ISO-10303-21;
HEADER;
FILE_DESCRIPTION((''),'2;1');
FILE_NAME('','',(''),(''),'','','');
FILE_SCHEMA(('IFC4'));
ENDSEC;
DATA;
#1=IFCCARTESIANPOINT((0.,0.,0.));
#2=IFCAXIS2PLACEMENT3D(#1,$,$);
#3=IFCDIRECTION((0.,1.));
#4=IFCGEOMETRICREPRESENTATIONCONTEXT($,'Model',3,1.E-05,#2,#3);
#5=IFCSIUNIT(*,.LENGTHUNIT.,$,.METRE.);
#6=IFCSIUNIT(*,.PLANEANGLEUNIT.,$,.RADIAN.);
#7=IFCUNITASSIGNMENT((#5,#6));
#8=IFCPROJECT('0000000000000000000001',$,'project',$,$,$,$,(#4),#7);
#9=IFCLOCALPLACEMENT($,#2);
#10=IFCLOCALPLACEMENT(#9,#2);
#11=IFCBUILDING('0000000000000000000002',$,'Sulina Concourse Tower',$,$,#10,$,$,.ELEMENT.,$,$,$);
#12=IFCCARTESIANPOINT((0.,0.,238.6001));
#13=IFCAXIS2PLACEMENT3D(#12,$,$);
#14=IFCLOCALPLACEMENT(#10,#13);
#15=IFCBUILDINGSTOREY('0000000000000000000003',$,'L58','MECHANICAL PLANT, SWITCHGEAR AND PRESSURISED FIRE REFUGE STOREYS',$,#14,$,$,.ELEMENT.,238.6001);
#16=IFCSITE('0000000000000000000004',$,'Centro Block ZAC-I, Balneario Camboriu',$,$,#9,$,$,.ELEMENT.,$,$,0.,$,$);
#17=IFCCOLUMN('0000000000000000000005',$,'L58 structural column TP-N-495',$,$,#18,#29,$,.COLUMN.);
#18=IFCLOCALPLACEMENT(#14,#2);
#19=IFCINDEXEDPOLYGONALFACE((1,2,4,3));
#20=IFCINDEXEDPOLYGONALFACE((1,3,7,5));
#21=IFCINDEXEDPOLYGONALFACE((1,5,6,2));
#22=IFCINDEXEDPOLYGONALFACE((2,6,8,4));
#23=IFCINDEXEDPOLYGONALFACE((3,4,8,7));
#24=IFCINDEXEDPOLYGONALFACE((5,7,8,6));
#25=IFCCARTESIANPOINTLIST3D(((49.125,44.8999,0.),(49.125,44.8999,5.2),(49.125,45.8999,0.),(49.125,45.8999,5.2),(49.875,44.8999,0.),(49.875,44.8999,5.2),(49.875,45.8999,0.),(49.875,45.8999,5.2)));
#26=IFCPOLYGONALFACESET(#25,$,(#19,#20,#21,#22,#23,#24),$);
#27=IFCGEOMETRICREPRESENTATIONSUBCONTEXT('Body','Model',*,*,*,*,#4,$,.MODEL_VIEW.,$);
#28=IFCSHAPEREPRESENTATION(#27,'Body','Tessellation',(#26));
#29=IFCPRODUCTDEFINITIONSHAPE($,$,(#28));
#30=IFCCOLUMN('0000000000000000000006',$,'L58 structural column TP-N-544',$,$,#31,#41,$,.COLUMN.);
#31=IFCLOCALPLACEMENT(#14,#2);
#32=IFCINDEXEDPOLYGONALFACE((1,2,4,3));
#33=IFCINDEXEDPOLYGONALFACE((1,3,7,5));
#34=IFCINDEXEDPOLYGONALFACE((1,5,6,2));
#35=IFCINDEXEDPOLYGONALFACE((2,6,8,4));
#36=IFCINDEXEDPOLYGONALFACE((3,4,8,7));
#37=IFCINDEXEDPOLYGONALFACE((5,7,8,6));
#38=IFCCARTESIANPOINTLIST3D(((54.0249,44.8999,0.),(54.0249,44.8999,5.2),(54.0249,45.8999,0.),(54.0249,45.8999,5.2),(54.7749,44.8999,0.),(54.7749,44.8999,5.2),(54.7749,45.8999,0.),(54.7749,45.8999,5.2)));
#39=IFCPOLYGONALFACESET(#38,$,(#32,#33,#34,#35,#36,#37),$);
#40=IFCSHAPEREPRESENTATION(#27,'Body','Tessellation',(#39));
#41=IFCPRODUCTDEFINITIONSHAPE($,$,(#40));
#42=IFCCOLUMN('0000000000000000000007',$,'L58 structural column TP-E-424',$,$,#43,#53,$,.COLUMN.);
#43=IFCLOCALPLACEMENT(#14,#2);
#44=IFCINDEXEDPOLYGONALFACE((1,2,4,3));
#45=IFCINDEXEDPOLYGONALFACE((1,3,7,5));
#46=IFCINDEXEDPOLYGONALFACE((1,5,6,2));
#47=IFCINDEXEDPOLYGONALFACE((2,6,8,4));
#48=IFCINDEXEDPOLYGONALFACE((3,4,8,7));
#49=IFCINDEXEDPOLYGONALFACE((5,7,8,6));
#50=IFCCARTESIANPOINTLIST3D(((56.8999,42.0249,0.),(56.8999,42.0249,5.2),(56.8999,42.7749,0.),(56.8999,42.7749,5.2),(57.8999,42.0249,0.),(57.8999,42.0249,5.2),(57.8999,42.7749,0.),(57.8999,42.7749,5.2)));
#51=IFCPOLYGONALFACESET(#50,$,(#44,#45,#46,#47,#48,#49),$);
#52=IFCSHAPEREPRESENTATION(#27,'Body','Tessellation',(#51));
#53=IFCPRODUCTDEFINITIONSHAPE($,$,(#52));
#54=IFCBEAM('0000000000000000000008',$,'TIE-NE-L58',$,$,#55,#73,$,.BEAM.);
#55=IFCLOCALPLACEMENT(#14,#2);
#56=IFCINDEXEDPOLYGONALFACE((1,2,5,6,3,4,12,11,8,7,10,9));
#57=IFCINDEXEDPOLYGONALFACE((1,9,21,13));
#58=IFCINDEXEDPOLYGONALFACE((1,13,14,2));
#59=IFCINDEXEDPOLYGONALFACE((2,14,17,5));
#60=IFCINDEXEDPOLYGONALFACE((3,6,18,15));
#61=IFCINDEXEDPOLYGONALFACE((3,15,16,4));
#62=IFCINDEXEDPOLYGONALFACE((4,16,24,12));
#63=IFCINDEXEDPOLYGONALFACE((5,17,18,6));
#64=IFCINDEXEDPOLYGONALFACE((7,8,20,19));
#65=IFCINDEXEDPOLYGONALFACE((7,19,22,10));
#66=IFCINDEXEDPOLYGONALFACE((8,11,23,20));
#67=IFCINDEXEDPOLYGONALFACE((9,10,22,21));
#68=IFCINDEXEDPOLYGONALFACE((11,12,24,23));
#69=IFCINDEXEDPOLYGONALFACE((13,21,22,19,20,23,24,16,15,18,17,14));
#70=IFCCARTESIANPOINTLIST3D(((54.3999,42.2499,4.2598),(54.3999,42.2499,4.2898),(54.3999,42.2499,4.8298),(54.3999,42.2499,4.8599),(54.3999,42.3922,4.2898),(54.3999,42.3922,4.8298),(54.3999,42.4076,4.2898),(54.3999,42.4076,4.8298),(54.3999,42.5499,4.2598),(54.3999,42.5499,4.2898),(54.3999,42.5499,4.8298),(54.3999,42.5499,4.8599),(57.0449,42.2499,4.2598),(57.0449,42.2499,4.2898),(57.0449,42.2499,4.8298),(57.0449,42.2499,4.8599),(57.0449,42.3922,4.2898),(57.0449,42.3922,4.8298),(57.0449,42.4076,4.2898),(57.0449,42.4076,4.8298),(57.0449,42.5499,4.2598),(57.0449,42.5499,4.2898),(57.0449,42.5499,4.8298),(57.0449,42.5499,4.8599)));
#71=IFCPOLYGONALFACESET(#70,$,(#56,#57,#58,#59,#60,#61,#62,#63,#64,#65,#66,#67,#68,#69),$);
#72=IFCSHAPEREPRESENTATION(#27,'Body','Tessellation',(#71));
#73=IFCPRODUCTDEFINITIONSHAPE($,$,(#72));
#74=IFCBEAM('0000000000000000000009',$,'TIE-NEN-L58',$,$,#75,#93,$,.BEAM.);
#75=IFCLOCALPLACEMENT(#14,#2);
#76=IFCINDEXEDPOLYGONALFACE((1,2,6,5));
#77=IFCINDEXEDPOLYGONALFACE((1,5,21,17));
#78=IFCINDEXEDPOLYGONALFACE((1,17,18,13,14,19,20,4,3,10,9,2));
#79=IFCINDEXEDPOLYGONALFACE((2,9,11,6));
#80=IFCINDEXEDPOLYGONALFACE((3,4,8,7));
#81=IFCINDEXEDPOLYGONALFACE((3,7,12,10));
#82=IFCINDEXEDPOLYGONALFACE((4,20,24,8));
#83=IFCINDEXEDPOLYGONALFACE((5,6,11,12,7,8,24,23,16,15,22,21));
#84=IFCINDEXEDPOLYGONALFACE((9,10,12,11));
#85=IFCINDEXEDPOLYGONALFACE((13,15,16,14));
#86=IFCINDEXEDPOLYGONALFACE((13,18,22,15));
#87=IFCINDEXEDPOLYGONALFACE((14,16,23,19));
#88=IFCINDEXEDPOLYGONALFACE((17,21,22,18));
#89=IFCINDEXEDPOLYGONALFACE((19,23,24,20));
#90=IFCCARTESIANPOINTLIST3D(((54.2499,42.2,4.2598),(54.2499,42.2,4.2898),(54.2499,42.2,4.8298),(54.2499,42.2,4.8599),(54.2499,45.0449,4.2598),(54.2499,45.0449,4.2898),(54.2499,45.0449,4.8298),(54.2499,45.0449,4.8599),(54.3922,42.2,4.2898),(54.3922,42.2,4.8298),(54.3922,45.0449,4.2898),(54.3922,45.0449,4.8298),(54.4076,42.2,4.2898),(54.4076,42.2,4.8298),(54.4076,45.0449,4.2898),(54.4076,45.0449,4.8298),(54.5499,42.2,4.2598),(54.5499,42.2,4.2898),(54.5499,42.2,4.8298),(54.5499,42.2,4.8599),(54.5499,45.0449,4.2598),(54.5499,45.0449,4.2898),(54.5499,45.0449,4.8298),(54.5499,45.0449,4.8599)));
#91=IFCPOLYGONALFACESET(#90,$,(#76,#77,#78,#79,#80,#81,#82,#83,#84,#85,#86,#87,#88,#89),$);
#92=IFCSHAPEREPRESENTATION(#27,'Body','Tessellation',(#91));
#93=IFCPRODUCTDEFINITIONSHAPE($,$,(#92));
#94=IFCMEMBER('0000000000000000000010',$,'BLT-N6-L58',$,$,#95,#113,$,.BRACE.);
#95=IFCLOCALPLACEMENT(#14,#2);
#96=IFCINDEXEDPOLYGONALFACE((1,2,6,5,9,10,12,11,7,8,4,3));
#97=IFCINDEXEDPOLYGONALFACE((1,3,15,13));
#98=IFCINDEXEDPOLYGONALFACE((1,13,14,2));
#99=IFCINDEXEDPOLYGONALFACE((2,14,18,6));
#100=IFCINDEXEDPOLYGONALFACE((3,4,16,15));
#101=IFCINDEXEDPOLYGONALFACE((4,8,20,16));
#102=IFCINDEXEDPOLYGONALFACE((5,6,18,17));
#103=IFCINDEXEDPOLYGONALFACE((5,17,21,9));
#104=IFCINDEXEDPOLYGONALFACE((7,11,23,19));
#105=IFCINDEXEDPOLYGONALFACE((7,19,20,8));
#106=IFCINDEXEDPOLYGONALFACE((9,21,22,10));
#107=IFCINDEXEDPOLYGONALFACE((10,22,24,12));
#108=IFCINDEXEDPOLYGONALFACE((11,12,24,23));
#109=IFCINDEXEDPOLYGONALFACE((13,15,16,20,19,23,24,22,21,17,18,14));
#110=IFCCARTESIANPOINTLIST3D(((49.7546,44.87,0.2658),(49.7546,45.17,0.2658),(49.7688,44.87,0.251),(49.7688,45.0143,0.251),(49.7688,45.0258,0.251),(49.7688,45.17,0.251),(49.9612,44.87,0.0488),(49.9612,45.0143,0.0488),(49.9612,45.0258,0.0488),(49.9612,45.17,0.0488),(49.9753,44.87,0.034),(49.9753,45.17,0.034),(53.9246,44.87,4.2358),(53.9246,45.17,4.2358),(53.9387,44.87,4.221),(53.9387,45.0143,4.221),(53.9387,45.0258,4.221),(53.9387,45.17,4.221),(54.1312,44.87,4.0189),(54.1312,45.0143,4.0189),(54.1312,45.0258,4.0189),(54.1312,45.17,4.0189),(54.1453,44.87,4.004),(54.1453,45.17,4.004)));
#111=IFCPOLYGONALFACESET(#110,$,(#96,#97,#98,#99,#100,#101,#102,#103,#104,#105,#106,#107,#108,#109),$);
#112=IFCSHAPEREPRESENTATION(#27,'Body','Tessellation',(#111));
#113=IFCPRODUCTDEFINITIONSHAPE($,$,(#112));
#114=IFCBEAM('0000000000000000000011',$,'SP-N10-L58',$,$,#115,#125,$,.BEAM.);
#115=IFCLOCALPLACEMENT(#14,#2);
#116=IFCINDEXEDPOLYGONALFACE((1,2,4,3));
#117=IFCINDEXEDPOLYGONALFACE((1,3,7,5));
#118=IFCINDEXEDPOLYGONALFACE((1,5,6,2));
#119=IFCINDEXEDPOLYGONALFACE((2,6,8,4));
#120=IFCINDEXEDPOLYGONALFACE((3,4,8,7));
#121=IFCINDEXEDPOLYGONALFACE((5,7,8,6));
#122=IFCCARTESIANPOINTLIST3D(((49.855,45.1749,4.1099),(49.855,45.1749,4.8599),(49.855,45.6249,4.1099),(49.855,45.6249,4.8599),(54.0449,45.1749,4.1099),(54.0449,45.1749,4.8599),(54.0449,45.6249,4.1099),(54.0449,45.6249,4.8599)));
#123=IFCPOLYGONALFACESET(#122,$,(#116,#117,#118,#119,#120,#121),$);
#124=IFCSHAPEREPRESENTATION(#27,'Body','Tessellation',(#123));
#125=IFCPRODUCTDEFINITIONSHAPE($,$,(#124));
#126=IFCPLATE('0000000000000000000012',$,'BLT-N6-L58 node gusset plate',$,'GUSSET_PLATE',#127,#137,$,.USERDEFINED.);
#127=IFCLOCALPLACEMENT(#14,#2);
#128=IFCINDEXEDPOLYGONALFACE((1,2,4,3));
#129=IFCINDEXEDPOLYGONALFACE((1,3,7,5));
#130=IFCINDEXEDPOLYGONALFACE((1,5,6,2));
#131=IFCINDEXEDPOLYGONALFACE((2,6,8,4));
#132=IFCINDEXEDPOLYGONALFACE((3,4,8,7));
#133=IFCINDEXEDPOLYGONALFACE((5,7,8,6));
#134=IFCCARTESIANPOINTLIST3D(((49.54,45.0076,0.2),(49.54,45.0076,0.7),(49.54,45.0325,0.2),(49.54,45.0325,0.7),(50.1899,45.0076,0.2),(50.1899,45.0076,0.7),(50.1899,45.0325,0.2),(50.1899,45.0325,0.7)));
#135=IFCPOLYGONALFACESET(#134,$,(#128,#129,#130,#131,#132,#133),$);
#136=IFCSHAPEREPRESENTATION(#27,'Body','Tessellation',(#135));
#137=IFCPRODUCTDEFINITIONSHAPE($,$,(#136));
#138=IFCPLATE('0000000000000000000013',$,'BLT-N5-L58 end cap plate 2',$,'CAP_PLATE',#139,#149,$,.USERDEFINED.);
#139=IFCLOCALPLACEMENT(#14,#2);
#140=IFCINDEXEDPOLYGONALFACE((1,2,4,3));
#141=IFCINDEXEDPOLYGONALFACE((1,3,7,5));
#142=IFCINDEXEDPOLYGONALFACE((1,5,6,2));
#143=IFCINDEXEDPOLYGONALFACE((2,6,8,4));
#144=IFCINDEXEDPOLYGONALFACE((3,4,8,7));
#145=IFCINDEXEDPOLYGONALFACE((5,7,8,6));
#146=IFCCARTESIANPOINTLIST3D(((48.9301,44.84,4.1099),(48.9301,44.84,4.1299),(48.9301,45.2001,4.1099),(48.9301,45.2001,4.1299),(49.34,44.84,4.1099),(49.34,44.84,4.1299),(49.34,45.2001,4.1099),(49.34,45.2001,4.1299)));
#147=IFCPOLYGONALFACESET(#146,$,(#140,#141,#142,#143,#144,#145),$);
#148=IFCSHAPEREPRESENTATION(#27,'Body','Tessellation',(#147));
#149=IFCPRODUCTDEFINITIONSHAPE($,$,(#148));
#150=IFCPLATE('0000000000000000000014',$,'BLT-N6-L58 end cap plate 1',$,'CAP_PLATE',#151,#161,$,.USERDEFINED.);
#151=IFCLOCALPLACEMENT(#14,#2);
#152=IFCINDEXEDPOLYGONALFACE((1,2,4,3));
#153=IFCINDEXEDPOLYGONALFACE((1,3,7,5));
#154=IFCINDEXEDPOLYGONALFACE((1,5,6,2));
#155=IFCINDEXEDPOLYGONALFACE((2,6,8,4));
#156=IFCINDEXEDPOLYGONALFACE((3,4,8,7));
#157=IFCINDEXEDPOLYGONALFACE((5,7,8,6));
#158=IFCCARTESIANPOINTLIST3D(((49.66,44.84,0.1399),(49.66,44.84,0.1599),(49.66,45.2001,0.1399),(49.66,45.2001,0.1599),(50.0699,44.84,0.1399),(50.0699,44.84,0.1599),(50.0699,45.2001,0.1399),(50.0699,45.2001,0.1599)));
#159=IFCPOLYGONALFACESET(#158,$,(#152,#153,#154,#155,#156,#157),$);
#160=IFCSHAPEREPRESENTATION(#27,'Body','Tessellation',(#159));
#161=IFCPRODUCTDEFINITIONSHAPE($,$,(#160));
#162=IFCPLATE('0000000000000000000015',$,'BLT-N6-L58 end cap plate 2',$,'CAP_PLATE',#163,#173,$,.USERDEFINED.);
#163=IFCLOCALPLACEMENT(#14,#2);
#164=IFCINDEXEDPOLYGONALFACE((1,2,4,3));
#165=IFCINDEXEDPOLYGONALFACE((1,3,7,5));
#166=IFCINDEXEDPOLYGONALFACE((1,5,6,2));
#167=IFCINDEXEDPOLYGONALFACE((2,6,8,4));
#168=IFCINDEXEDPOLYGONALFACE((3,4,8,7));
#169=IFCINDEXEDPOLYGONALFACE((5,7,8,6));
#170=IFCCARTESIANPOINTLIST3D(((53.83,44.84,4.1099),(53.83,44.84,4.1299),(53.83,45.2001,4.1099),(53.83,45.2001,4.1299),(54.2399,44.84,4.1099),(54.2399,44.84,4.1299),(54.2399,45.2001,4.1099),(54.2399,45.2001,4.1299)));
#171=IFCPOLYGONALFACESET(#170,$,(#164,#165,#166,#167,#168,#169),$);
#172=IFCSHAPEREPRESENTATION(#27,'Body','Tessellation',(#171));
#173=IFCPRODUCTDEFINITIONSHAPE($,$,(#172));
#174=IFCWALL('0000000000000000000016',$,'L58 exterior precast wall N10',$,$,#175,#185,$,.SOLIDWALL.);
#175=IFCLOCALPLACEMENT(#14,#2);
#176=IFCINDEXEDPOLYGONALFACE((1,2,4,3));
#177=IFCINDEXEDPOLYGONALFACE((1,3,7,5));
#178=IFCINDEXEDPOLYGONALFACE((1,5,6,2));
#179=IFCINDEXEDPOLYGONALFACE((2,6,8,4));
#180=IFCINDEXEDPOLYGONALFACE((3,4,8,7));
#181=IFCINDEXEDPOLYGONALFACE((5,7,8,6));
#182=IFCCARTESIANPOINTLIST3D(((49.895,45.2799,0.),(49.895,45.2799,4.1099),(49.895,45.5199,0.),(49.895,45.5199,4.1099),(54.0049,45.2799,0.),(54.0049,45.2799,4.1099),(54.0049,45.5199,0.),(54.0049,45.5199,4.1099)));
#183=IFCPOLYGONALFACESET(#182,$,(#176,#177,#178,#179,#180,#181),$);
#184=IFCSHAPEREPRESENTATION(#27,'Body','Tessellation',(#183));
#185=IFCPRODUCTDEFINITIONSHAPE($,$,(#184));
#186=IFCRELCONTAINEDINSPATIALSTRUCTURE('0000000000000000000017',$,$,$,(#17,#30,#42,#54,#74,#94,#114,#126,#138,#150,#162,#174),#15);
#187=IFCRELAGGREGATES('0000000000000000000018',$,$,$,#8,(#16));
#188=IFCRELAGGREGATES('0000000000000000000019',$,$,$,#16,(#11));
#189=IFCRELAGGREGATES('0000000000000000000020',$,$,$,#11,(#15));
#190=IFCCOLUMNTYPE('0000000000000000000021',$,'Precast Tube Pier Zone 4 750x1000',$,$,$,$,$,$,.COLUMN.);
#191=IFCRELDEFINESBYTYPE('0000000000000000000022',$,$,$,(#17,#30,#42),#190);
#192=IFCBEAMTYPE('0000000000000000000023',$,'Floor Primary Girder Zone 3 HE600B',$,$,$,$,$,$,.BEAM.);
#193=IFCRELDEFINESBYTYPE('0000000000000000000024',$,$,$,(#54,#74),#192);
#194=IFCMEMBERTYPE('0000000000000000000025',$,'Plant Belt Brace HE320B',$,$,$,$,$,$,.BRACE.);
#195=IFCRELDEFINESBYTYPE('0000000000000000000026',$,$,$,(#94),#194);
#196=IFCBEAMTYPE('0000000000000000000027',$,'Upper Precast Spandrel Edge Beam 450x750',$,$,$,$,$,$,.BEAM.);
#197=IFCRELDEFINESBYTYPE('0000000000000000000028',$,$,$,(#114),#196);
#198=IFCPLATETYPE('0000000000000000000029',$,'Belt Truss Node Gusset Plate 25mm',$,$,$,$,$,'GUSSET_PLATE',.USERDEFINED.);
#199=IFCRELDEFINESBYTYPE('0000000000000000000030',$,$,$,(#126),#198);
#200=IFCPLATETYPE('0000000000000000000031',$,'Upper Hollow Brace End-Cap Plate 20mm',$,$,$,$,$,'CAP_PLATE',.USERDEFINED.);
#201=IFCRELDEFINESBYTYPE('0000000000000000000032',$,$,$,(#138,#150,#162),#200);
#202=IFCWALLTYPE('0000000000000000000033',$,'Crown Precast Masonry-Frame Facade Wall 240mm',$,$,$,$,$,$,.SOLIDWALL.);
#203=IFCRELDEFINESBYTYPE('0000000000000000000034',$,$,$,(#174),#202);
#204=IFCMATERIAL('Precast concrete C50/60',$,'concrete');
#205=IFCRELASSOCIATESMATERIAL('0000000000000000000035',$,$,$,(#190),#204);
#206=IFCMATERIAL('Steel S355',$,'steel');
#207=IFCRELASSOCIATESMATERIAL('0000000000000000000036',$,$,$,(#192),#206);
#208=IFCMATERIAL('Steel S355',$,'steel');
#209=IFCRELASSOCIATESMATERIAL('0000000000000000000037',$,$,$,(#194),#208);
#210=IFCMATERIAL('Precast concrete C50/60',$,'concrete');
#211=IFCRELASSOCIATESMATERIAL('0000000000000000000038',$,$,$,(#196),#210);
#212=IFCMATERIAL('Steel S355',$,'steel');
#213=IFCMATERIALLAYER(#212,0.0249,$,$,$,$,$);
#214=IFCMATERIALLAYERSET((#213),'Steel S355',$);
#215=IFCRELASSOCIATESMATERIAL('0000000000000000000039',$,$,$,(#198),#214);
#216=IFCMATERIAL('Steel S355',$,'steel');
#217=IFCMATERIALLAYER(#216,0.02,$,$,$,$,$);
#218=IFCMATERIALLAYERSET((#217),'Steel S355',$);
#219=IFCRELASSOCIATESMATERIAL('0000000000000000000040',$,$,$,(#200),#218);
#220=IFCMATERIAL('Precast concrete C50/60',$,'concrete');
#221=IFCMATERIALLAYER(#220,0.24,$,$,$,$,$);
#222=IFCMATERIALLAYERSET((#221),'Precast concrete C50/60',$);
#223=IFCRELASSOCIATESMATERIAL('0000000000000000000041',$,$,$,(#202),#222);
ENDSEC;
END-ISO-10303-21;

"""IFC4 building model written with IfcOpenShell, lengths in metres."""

from ifc_helpers import new_model, si_unit, direction, frame, frame_2d, origin, origin_2d, place, context, subcontext, project, spatial, rectangle, i_section, extrude, material, layer, layer_set, material_profile, profile_set, type_object, element, save


model = new_model("IFC4")

# Units and contexts
model_context = context("Model", 3, precision=1e-05, world=origin(), true_north=direction((0.0, 1.0)))
body_context = subcontext(model_context, "Body", "Model", "MODEL_VIEW")
ifc_project = project(units=[si_unit("LENGTHUNIT", "METRE"), si_unit("PLANEANGLEUNIT", "RADIAN")], contexts=[model_context])

# Site, building, storey
site_placement = place(None, origin())
site = spatial("IfcSite", under=ifc_project, at=site_placement, Name="Centro Block ZAC-I, Balneario Camboriu", CompositionType="ELEMENT", RefElevation=0.0)
building_placement = place(site_placement, origin())
building = spatial("IfcBuilding", under=site, at=building_placement, Name="Sulina Concourse Tower", CompositionType="ELEMENT")
storey_placement = place(building_placement, frame((0.0, 0.0, 238.6001)))
storey = spatial("IfcBuildingStorey", under=building, at=storey_placement, Name="L58", Description="MECHANICAL PLANT, SWITCHGEAR AND PRESSURISED FIRE REFUGE STOREYS", CompositionType="ELEMENT", Elevation=238.6001)

# Columns
ifc_material_1 = material(Name="Precast concrete C50/60", Category="concrete")
ifc_material_profile_1 = material_profile(ifc_material_1, rectangle(XDim=0.75, YDim=1.0, at=origin_2d()), Name="PC 750x1000")
ifc_profile_set_1 = profile_set([ifc_material_profile_1], Name="Precast concrete C50/60")
column_type = type_object("IfcColumnType", Name="Precast Tube Pier Zone 4 750x1000", PredefinedType="COLUMN", material=ifc_profile_set_1)
for number, where, z_axis, x_axis, name in (
    (1, (49.5, 45.3999, 0.0), (0.0, 0.0, 1.0), (1.0, 0.0, 0.0), "L58 structural column TP-N-495"),
    (2, (54.3999, 45.3999, 0.0), (0.0, 0.0, 1.0), (1.0, 0.0, 0.0), "L58 structural column TP-N-544"),
    (3, (57.3999, 42.3999, 0.0), (0.0, 0.0, 1.0), (0.0, 1.0, 0.0), "L58 structural column TP-E-424"),
):
    element("IfcColumn", number, at=place(storey_placement, frame(where, z_axis=z_axis, x_axis=x_axis)), inside=storey, type_object=column_type, Name=name, PredefinedType="COLUMN", context=body_context, shape_type="SweptSolid", body=[
        extrude(rectangle(XDim=0.75, YDim=1.0, at=origin_2d()), origin(), (0.0, 0.0, 1.0), 5.2),
    ])

# Beams
ifc_material_2 = material(Name="Steel S355", Category="steel")
ifc_material_profile_2 = material_profile(ifc_material_2, i_section(OverallWidth=0.3, OverallDepth=0.6001, WebThickness=0.0154, FlangeThickness=0.03, at=origin_2d()), Name="HE 600 B")
ifc_profile_set_2 = profile_set([ifc_material_profile_2], Name="Steel S355")
beam_type_1 = type_object("IfcBeamType", Name="Floor Primary Girder Zone 3 HE600B", PredefinedType="BEAM", material=ifc_profile_set_2)
beam_1_placement = place(storey_placement, frame((54.3999, 42.3999, 4.5598), z_axis=(1.0, 0.0, 0.0), x_axis=(0.0, 1.0, 0.0)))
element("IfcBeam", 4, at=beam_1_placement, inside=storey, type_object=beam_type_1, Name="TIE-NE-L58", PredefinedType="BEAM", context=body_context, shape_type="SweptSolid", body=[
    extrude(i_section(OverallWidth=0.3, OverallDepth=0.6001, WebThickness=0.0154, FlangeThickness=0.03, at=origin_2d()), origin(), (0.0, 0.0, 1.0), 2.645),
])
beam_2_placement = place(storey_placement, frame((54.3999, 42.2, 4.5598), z_axis=(0.0, 1.0, 0.0), x_axis=(-1.0, 0.0, 0.0)))
element("IfcBeam", 5, at=beam_2_placement, inside=storey, type_object=beam_type_1, Name="TIE-NEN-L58", PredefinedType="BEAM", context=body_context, shape_type="SweptSolid", body=[
    extrude(i_section(OverallWidth=0.3, OverallDepth=0.6001, WebThickness=0.0154, FlangeThickness=0.03, at=origin_2d()), origin(), (0.0, 0.0, 1.0), 2.845),
])

# Member
ifc_material_3 = material(Name="Steel S355", Category="steel")
ifc_material_profile_3 = material_profile(ifc_material_3, i_section(OverallWidth=0.3, OverallDepth=0.3201, WebThickness=0.0115, FlangeThickness=0.0205, at=origin_2d()), Name="HE 320 B")
ifc_profile_set_3 = profile_set([ifc_material_profile_3], Name="Steel S355")
member_type = type_object("IfcMemberType", Name="Plant Belt Brace HE320B", PredefinedType="BRACE", material=ifc_profile_set_3)
member_placement = place(storey_placement, frame((49.865, 45.02, 0.1499), z_axis=(0.724258, 0.0, 0.689529), x_axis=(0.0, 1.0, 0.0)))
element("IfcMember", 6, at=member_placement, inside=storey, type_object=member_type, Name="BLT-N6-L58", PredefinedType="BRACE", context=body_context, shape_type="SweptSolid", body=[
    extrude(i_section(OverallWidth=0.3, OverallDepth=0.3201, WebThickness=0.0115, FlangeThickness=0.0205, at=origin_2d()), origin(), (0.0, 0.0, 1.0), 5.7576),
])

# Beam
ifc_material_4 = material(Name="Precast concrete C50/60", Category="concrete")
ifc_material_profile_4 = material_profile(ifc_material_4, rectangle(XDim=0.45, YDim=0.75, at=origin_2d()), Name="RC 450x750")
ifc_profile_set_4 = profile_set([ifc_material_profile_4], Name="Precast concrete C50/60")
beam_type_2 = type_object("IfcBeamType", Name="Upper Precast Spandrel Edge Beam 450x750", PredefinedType="BEAM", material=ifc_profile_set_4)
beam_3_placement = place(storey_placement, frame((49.855, 45.3999, 4.4849), z_axis=(1.0, 0.0, 0.0), x_axis=(0.0, 1.0, 0.0)))
element("IfcBeam", 7, at=beam_3_placement, inside=storey, type_object=beam_type_2, Name="SP-N10-L58", PredefinedType="BEAM", context=body_context, shape_type="SweptSolid", body=[
    extrude(rectangle(XDim=0.45, YDim=0.75, at=origin_2d()), origin(), (0.0, 0.0, 1.0), 4.1899),
])

# Plates
ifc_material_5 = material(Name="Steel S355", Category="steel")
ifc_layer_1 = layer(ifc_material_5, 0.0249)
ifc_layer_set_1 = layer_set([ifc_layer_1], Name="Steel S355")
plate_type_1 = type_object("IfcPlateType", Name="Belt Truss Node Gusset Plate 25mm", ElementType="GUSSET_PLATE", PredefinedType="USERDEFINED", material=ifc_layer_set_1)
plate_placement = place(storey_placement, frame((49.865, 45.02, 0.2), z_axis=(0.0, 0.0, 1.0), x_axis=(1.0, 0.0, 0.0)))
element("IfcPlate", 8, at=plate_placement, inside=storey, type_object=plate_type_1, Name="BLT-N6-L58 node gusset plate", ObjectType="GUSSET_PLATE", PredefinedType="USERDEFINED", context=body_context, shape_type="SweptSolid", body=[
    extrude(rectangle(XDim=0.6499, YDim=0.0249, at=origin_2d()), origin(), (0.0, 0.0, 1.0), 0.5),
])
ifc_material_6 = material(Name="Steel S355", Category="steel")
ifc_layer_2 = layer(ifc_material_6, 0.02)
ifc_layer_set_2 = layer_set([ifc_layer_2], Name="Steel S355")
plate_type_2 = type_object("IfcPlateType", Name="Upper Hollow Brace End-Cap Plate 20mm", ElementType="CAP_PLATE", PredefinedType="USERDEFINED", material=ifc_layer_set_2)
for number, where, z_axis, x_axis, name in (
    (9, (49.135, 45.02, 4.1099), (0.0, 0.0, 1.0), (1.0, 0.0, 0.0), "BLT-N5-L58 end cap plate 2"),
    (10, (49.865, 45.02, 0.1399), (0.0, 0.0, 1.0), (1.0, 0.0, 0.0), "BLT-N6-L58 end cap plate 1"),
    (11, (54.0349, 45.02, 4.1099), (0.0, 0.0, 1.0), (1.0, 0.0, 0.0), "BLT-N6-L58 end cap plate 2"),
):
    element("IfcPlate", number, at=place(storey_placement, frame(where, z_axis=z_axis, x_axis=x_axis)), inside=storey, type_object=plate_type_2, Name=name, ObjectType="CAP_PLATE", PredefinedType="USERDEFINED", context=body_context, shape_type="SweptSolid", body=[
        extrude(rectangle(XDim=0.4099, YDim=0.3601, at=origin_2d()), origin(), (0.0, 0.0, 1.0), 0.02),
    ])

# Wall
ifc_material_7 = material(Name="Precast concrete C50/60", Category="concrete")
ifc_layer_3 = layer(ifc_material_7, 0.24)
ifc_layer_set_3 = layer_set([ifc_layer_3], Name="Precast concrete C50/60")
wall_type_1 = type_object("IfcWallType", Name="Crown Precast Masonry-Frame Facade Wall 240mm", PredefinedType="SOLIDWALL", material=ifc_layer_set_3)
wall_1_placement = place(storey_placement, frame((49.895, 45.3999, 0.0), z_axis=(0.0, 0.0, 1.0), x_axis=(1.0, 0.0, 0.0)))
element("IfcWall", 12, at=wall_1_placement, inside=storey, type_object=wall_type_1, Name="L58 exterior precast wall N10", PredefinedType="SOLIDWALL", context=body_context, shape_type="SweptSolid", body=[
    extrude(rectangle(XDim=4.1099, YDim=0.24, at=frame_2d((2.0549, 0.0))), origin(), (0.0, 0.0, 1.0), 4.1099),
])

save(model, "model.ifc")
